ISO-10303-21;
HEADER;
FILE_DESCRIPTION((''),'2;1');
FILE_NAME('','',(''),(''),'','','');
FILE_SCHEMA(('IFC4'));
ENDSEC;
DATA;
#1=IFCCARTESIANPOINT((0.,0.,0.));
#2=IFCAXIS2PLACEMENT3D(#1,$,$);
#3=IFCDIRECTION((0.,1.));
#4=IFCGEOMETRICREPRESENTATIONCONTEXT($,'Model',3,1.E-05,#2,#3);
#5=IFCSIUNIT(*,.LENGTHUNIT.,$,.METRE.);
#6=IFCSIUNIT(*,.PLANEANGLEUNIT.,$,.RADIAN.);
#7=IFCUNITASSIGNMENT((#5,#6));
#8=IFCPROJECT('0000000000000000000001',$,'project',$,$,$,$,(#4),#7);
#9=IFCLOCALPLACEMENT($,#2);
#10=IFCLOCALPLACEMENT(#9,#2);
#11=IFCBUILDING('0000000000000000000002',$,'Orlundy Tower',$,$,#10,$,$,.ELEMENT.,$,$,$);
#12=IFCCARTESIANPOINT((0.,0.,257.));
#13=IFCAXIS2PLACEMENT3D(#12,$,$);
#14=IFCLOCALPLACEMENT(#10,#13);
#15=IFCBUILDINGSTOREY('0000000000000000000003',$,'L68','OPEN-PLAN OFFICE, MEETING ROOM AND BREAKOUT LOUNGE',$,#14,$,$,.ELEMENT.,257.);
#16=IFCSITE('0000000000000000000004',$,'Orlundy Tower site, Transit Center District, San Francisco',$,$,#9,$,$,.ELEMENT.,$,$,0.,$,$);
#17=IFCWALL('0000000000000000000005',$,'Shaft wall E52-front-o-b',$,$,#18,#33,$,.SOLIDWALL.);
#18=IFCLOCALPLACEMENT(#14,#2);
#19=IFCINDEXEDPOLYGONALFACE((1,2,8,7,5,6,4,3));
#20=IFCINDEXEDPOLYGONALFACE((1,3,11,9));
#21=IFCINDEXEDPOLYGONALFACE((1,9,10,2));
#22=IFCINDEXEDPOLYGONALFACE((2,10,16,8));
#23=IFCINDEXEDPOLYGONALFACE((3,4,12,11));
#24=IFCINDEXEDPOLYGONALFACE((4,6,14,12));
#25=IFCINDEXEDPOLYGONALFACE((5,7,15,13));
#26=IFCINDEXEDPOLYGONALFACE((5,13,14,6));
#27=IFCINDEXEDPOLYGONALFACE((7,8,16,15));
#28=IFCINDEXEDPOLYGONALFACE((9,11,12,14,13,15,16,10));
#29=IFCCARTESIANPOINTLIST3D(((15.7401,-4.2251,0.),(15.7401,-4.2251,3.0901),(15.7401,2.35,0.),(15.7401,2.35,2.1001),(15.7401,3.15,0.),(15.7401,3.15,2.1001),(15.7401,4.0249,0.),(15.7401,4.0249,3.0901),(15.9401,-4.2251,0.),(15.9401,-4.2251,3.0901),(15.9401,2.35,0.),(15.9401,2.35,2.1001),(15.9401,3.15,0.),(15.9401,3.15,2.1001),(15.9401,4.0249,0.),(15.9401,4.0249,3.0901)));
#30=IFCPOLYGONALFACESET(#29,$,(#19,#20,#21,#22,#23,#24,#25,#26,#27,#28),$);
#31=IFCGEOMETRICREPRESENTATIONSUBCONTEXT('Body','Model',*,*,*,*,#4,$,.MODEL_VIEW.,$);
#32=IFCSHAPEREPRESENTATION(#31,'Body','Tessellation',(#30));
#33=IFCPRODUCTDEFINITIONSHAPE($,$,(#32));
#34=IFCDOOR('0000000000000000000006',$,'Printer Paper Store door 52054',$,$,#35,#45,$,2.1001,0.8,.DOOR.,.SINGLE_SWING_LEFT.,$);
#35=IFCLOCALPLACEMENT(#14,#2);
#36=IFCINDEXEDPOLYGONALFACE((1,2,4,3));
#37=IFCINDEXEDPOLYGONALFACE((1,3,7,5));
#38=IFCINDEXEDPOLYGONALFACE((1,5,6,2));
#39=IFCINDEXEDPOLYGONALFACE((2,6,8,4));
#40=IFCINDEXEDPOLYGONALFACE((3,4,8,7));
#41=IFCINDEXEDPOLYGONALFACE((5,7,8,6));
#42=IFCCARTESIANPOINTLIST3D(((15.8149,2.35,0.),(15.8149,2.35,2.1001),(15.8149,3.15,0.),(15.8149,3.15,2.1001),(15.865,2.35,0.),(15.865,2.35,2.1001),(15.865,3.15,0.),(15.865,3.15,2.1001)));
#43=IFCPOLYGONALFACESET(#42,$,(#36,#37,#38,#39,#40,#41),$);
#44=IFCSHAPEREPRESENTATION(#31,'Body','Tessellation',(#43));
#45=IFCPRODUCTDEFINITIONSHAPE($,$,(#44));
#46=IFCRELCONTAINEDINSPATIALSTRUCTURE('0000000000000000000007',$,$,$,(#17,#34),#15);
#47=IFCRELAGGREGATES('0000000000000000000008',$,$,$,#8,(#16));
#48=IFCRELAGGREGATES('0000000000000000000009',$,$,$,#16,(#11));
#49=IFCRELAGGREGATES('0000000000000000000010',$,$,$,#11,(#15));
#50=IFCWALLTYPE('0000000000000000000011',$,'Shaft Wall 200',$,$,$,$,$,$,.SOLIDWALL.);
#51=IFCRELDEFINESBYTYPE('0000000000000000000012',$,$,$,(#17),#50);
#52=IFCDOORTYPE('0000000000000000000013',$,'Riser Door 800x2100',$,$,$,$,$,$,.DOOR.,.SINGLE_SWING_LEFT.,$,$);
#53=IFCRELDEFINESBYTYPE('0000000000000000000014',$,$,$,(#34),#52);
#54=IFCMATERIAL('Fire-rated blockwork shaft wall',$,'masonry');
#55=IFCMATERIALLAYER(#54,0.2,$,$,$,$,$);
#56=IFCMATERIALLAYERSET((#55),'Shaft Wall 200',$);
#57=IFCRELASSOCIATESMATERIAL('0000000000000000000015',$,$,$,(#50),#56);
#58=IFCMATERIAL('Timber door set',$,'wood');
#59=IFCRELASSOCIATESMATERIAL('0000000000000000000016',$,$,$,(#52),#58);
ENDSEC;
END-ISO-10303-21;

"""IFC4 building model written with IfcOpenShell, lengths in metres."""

from ifc_helpers import new_model, si_unit, direction, frame, frame_2d, origin, place, context, subcontext, project, spatial, rectangle, extrude, material, layer, layer_set, type_object, element, fill, save


model = new_model("IFC4")

# Units and contexts
model_context = context("Model", 3, precision=1e-05, world=origin(), true_north=direction((0.0, 1.0)))
body_context = subcontext(model_context, "Body", "Model", "MODEL_VIEW")
ifc_project = project(units=[si_unit("LENGTHUNIT", "METRE"), si_unit("PLANEANGLEUNIT", "RADIAN")], contexts=[model_context])

# Site, building, storey
site_placement = place(None, origin())
site = spatial("IfcSite", under=ifc_project, at=site_placement, Name="Orlundy Tower site, Transit Center District, San Francisco", CompositionType="ELEMENT", RefElevation=0.0)
building_placement = place(site_placement, origin())
building = spatial("IfcBuilding", under=site, at=building_placement, Name="Orlundy Tower", CompositionType="ELEMENT")
storey_placement = place(building_placement, frame((0.0, 0.0, 257.0)))
storey = spatial("IfcBuildingStorey", under=building, at=storey_placement, Name="L68", Description="OPEN-PLAN OFFICE, MEETING ROOM AND BREAKOUT LOUNGE", CompositionType="ELEMENT", Elevation=257.0)

# Shared definitions
ifc_material_1 = material(Name="Fire-rated blockwork shaft wall", Category="masonry")
ifc_layer_1 = layer(ifc_material_1, 0.2)
ifc_layer_set_1 = layer_set([ifc_layer_1], Name="Shaft Wall 200")
wall_type_1 = type_object("IfcWallType", Name="Shaft Wall 200", PredefinedType="SOLIDWALL", material=ifc_layer_set_1)

# Shared definitions
ifc_material_2 = material(Name="Timber door set", Category="wood")
door_type_1 = type_object("IfcDoorType", Name="Riser Door 800x2100", OperationType="SINGLE_SWING_LEFT", PredefinedType="DOOR", material=ifc_material_2)

# Wall, opening, door
wall_1_placement = place(storey_placement, frame((15.8401, 4.0249, 0.0), z_axis=(0.0, 0.0, 1.0), x_axis=(0.0, -1.0, 0.0)))
wall_1 = element("IfcWall", 1, at=wall_1_placement, inside=storey, type_object=wall_type_1, Name="Shaft wall E52-front-o-b", PredefinedType="SOLIDWALL", context=body_context, shape_type="SweptSolid", body=[
    extrude(rectangle(XDim=8.25, YDim=0.2, at=frame_2d((4.125, 0.0))), origin(), (0.0, 0.0, 1.0), 3.0901),
])
opening_1_placement = place(wall_1_placement, frame((0.875, 0.0, 0.0)))
opening_1 = element("IfcOpeningElement", 2, at=opening_1_placement, cuts=wall_1, PredefinedType="OPENING", context=body_context, shape_type="SweptSolid", body=[
    extrude(rectangle(XDim=0.8, YDim=2.1001, at=frame_2d((0.3999, 1.05))), frame((0.0, 0.1101, 0.0), z_axis=(0.0, -1.0, 0.0), x_axis=(1.0, 0.0, 0.0)), (0.0, 0.0, 1.0), 0.2202),
])
door_1_placement = place(opening_1_placement, origin())
door_1 = element("IfcDoor", 3, at=door_1_placement, inside=storey, type_object=door_type_1, Name="Printer Paper Store door 52054", OperationType="SINGLE_SWING_LEFT", OverallHeight=2.1001, OverallWidth=0.8, PredefinedType="DOOR", context=body_context, shape_type="SweptSolid", body=[
    extrude(rectangle(XDim=0.8, YDim=2.1001, at=frame_2d((0.3999, 1.05))), frame((0.0, 0.0249, 0.0), z_axis=(0.0, -1.0, 0.0), x_axis=(1.0, 0.0, 0.0)), (0.0, 0.0, 1.0), 0.05),
])
fill(opening_1, door_1)

save(model, "model.ifc")
